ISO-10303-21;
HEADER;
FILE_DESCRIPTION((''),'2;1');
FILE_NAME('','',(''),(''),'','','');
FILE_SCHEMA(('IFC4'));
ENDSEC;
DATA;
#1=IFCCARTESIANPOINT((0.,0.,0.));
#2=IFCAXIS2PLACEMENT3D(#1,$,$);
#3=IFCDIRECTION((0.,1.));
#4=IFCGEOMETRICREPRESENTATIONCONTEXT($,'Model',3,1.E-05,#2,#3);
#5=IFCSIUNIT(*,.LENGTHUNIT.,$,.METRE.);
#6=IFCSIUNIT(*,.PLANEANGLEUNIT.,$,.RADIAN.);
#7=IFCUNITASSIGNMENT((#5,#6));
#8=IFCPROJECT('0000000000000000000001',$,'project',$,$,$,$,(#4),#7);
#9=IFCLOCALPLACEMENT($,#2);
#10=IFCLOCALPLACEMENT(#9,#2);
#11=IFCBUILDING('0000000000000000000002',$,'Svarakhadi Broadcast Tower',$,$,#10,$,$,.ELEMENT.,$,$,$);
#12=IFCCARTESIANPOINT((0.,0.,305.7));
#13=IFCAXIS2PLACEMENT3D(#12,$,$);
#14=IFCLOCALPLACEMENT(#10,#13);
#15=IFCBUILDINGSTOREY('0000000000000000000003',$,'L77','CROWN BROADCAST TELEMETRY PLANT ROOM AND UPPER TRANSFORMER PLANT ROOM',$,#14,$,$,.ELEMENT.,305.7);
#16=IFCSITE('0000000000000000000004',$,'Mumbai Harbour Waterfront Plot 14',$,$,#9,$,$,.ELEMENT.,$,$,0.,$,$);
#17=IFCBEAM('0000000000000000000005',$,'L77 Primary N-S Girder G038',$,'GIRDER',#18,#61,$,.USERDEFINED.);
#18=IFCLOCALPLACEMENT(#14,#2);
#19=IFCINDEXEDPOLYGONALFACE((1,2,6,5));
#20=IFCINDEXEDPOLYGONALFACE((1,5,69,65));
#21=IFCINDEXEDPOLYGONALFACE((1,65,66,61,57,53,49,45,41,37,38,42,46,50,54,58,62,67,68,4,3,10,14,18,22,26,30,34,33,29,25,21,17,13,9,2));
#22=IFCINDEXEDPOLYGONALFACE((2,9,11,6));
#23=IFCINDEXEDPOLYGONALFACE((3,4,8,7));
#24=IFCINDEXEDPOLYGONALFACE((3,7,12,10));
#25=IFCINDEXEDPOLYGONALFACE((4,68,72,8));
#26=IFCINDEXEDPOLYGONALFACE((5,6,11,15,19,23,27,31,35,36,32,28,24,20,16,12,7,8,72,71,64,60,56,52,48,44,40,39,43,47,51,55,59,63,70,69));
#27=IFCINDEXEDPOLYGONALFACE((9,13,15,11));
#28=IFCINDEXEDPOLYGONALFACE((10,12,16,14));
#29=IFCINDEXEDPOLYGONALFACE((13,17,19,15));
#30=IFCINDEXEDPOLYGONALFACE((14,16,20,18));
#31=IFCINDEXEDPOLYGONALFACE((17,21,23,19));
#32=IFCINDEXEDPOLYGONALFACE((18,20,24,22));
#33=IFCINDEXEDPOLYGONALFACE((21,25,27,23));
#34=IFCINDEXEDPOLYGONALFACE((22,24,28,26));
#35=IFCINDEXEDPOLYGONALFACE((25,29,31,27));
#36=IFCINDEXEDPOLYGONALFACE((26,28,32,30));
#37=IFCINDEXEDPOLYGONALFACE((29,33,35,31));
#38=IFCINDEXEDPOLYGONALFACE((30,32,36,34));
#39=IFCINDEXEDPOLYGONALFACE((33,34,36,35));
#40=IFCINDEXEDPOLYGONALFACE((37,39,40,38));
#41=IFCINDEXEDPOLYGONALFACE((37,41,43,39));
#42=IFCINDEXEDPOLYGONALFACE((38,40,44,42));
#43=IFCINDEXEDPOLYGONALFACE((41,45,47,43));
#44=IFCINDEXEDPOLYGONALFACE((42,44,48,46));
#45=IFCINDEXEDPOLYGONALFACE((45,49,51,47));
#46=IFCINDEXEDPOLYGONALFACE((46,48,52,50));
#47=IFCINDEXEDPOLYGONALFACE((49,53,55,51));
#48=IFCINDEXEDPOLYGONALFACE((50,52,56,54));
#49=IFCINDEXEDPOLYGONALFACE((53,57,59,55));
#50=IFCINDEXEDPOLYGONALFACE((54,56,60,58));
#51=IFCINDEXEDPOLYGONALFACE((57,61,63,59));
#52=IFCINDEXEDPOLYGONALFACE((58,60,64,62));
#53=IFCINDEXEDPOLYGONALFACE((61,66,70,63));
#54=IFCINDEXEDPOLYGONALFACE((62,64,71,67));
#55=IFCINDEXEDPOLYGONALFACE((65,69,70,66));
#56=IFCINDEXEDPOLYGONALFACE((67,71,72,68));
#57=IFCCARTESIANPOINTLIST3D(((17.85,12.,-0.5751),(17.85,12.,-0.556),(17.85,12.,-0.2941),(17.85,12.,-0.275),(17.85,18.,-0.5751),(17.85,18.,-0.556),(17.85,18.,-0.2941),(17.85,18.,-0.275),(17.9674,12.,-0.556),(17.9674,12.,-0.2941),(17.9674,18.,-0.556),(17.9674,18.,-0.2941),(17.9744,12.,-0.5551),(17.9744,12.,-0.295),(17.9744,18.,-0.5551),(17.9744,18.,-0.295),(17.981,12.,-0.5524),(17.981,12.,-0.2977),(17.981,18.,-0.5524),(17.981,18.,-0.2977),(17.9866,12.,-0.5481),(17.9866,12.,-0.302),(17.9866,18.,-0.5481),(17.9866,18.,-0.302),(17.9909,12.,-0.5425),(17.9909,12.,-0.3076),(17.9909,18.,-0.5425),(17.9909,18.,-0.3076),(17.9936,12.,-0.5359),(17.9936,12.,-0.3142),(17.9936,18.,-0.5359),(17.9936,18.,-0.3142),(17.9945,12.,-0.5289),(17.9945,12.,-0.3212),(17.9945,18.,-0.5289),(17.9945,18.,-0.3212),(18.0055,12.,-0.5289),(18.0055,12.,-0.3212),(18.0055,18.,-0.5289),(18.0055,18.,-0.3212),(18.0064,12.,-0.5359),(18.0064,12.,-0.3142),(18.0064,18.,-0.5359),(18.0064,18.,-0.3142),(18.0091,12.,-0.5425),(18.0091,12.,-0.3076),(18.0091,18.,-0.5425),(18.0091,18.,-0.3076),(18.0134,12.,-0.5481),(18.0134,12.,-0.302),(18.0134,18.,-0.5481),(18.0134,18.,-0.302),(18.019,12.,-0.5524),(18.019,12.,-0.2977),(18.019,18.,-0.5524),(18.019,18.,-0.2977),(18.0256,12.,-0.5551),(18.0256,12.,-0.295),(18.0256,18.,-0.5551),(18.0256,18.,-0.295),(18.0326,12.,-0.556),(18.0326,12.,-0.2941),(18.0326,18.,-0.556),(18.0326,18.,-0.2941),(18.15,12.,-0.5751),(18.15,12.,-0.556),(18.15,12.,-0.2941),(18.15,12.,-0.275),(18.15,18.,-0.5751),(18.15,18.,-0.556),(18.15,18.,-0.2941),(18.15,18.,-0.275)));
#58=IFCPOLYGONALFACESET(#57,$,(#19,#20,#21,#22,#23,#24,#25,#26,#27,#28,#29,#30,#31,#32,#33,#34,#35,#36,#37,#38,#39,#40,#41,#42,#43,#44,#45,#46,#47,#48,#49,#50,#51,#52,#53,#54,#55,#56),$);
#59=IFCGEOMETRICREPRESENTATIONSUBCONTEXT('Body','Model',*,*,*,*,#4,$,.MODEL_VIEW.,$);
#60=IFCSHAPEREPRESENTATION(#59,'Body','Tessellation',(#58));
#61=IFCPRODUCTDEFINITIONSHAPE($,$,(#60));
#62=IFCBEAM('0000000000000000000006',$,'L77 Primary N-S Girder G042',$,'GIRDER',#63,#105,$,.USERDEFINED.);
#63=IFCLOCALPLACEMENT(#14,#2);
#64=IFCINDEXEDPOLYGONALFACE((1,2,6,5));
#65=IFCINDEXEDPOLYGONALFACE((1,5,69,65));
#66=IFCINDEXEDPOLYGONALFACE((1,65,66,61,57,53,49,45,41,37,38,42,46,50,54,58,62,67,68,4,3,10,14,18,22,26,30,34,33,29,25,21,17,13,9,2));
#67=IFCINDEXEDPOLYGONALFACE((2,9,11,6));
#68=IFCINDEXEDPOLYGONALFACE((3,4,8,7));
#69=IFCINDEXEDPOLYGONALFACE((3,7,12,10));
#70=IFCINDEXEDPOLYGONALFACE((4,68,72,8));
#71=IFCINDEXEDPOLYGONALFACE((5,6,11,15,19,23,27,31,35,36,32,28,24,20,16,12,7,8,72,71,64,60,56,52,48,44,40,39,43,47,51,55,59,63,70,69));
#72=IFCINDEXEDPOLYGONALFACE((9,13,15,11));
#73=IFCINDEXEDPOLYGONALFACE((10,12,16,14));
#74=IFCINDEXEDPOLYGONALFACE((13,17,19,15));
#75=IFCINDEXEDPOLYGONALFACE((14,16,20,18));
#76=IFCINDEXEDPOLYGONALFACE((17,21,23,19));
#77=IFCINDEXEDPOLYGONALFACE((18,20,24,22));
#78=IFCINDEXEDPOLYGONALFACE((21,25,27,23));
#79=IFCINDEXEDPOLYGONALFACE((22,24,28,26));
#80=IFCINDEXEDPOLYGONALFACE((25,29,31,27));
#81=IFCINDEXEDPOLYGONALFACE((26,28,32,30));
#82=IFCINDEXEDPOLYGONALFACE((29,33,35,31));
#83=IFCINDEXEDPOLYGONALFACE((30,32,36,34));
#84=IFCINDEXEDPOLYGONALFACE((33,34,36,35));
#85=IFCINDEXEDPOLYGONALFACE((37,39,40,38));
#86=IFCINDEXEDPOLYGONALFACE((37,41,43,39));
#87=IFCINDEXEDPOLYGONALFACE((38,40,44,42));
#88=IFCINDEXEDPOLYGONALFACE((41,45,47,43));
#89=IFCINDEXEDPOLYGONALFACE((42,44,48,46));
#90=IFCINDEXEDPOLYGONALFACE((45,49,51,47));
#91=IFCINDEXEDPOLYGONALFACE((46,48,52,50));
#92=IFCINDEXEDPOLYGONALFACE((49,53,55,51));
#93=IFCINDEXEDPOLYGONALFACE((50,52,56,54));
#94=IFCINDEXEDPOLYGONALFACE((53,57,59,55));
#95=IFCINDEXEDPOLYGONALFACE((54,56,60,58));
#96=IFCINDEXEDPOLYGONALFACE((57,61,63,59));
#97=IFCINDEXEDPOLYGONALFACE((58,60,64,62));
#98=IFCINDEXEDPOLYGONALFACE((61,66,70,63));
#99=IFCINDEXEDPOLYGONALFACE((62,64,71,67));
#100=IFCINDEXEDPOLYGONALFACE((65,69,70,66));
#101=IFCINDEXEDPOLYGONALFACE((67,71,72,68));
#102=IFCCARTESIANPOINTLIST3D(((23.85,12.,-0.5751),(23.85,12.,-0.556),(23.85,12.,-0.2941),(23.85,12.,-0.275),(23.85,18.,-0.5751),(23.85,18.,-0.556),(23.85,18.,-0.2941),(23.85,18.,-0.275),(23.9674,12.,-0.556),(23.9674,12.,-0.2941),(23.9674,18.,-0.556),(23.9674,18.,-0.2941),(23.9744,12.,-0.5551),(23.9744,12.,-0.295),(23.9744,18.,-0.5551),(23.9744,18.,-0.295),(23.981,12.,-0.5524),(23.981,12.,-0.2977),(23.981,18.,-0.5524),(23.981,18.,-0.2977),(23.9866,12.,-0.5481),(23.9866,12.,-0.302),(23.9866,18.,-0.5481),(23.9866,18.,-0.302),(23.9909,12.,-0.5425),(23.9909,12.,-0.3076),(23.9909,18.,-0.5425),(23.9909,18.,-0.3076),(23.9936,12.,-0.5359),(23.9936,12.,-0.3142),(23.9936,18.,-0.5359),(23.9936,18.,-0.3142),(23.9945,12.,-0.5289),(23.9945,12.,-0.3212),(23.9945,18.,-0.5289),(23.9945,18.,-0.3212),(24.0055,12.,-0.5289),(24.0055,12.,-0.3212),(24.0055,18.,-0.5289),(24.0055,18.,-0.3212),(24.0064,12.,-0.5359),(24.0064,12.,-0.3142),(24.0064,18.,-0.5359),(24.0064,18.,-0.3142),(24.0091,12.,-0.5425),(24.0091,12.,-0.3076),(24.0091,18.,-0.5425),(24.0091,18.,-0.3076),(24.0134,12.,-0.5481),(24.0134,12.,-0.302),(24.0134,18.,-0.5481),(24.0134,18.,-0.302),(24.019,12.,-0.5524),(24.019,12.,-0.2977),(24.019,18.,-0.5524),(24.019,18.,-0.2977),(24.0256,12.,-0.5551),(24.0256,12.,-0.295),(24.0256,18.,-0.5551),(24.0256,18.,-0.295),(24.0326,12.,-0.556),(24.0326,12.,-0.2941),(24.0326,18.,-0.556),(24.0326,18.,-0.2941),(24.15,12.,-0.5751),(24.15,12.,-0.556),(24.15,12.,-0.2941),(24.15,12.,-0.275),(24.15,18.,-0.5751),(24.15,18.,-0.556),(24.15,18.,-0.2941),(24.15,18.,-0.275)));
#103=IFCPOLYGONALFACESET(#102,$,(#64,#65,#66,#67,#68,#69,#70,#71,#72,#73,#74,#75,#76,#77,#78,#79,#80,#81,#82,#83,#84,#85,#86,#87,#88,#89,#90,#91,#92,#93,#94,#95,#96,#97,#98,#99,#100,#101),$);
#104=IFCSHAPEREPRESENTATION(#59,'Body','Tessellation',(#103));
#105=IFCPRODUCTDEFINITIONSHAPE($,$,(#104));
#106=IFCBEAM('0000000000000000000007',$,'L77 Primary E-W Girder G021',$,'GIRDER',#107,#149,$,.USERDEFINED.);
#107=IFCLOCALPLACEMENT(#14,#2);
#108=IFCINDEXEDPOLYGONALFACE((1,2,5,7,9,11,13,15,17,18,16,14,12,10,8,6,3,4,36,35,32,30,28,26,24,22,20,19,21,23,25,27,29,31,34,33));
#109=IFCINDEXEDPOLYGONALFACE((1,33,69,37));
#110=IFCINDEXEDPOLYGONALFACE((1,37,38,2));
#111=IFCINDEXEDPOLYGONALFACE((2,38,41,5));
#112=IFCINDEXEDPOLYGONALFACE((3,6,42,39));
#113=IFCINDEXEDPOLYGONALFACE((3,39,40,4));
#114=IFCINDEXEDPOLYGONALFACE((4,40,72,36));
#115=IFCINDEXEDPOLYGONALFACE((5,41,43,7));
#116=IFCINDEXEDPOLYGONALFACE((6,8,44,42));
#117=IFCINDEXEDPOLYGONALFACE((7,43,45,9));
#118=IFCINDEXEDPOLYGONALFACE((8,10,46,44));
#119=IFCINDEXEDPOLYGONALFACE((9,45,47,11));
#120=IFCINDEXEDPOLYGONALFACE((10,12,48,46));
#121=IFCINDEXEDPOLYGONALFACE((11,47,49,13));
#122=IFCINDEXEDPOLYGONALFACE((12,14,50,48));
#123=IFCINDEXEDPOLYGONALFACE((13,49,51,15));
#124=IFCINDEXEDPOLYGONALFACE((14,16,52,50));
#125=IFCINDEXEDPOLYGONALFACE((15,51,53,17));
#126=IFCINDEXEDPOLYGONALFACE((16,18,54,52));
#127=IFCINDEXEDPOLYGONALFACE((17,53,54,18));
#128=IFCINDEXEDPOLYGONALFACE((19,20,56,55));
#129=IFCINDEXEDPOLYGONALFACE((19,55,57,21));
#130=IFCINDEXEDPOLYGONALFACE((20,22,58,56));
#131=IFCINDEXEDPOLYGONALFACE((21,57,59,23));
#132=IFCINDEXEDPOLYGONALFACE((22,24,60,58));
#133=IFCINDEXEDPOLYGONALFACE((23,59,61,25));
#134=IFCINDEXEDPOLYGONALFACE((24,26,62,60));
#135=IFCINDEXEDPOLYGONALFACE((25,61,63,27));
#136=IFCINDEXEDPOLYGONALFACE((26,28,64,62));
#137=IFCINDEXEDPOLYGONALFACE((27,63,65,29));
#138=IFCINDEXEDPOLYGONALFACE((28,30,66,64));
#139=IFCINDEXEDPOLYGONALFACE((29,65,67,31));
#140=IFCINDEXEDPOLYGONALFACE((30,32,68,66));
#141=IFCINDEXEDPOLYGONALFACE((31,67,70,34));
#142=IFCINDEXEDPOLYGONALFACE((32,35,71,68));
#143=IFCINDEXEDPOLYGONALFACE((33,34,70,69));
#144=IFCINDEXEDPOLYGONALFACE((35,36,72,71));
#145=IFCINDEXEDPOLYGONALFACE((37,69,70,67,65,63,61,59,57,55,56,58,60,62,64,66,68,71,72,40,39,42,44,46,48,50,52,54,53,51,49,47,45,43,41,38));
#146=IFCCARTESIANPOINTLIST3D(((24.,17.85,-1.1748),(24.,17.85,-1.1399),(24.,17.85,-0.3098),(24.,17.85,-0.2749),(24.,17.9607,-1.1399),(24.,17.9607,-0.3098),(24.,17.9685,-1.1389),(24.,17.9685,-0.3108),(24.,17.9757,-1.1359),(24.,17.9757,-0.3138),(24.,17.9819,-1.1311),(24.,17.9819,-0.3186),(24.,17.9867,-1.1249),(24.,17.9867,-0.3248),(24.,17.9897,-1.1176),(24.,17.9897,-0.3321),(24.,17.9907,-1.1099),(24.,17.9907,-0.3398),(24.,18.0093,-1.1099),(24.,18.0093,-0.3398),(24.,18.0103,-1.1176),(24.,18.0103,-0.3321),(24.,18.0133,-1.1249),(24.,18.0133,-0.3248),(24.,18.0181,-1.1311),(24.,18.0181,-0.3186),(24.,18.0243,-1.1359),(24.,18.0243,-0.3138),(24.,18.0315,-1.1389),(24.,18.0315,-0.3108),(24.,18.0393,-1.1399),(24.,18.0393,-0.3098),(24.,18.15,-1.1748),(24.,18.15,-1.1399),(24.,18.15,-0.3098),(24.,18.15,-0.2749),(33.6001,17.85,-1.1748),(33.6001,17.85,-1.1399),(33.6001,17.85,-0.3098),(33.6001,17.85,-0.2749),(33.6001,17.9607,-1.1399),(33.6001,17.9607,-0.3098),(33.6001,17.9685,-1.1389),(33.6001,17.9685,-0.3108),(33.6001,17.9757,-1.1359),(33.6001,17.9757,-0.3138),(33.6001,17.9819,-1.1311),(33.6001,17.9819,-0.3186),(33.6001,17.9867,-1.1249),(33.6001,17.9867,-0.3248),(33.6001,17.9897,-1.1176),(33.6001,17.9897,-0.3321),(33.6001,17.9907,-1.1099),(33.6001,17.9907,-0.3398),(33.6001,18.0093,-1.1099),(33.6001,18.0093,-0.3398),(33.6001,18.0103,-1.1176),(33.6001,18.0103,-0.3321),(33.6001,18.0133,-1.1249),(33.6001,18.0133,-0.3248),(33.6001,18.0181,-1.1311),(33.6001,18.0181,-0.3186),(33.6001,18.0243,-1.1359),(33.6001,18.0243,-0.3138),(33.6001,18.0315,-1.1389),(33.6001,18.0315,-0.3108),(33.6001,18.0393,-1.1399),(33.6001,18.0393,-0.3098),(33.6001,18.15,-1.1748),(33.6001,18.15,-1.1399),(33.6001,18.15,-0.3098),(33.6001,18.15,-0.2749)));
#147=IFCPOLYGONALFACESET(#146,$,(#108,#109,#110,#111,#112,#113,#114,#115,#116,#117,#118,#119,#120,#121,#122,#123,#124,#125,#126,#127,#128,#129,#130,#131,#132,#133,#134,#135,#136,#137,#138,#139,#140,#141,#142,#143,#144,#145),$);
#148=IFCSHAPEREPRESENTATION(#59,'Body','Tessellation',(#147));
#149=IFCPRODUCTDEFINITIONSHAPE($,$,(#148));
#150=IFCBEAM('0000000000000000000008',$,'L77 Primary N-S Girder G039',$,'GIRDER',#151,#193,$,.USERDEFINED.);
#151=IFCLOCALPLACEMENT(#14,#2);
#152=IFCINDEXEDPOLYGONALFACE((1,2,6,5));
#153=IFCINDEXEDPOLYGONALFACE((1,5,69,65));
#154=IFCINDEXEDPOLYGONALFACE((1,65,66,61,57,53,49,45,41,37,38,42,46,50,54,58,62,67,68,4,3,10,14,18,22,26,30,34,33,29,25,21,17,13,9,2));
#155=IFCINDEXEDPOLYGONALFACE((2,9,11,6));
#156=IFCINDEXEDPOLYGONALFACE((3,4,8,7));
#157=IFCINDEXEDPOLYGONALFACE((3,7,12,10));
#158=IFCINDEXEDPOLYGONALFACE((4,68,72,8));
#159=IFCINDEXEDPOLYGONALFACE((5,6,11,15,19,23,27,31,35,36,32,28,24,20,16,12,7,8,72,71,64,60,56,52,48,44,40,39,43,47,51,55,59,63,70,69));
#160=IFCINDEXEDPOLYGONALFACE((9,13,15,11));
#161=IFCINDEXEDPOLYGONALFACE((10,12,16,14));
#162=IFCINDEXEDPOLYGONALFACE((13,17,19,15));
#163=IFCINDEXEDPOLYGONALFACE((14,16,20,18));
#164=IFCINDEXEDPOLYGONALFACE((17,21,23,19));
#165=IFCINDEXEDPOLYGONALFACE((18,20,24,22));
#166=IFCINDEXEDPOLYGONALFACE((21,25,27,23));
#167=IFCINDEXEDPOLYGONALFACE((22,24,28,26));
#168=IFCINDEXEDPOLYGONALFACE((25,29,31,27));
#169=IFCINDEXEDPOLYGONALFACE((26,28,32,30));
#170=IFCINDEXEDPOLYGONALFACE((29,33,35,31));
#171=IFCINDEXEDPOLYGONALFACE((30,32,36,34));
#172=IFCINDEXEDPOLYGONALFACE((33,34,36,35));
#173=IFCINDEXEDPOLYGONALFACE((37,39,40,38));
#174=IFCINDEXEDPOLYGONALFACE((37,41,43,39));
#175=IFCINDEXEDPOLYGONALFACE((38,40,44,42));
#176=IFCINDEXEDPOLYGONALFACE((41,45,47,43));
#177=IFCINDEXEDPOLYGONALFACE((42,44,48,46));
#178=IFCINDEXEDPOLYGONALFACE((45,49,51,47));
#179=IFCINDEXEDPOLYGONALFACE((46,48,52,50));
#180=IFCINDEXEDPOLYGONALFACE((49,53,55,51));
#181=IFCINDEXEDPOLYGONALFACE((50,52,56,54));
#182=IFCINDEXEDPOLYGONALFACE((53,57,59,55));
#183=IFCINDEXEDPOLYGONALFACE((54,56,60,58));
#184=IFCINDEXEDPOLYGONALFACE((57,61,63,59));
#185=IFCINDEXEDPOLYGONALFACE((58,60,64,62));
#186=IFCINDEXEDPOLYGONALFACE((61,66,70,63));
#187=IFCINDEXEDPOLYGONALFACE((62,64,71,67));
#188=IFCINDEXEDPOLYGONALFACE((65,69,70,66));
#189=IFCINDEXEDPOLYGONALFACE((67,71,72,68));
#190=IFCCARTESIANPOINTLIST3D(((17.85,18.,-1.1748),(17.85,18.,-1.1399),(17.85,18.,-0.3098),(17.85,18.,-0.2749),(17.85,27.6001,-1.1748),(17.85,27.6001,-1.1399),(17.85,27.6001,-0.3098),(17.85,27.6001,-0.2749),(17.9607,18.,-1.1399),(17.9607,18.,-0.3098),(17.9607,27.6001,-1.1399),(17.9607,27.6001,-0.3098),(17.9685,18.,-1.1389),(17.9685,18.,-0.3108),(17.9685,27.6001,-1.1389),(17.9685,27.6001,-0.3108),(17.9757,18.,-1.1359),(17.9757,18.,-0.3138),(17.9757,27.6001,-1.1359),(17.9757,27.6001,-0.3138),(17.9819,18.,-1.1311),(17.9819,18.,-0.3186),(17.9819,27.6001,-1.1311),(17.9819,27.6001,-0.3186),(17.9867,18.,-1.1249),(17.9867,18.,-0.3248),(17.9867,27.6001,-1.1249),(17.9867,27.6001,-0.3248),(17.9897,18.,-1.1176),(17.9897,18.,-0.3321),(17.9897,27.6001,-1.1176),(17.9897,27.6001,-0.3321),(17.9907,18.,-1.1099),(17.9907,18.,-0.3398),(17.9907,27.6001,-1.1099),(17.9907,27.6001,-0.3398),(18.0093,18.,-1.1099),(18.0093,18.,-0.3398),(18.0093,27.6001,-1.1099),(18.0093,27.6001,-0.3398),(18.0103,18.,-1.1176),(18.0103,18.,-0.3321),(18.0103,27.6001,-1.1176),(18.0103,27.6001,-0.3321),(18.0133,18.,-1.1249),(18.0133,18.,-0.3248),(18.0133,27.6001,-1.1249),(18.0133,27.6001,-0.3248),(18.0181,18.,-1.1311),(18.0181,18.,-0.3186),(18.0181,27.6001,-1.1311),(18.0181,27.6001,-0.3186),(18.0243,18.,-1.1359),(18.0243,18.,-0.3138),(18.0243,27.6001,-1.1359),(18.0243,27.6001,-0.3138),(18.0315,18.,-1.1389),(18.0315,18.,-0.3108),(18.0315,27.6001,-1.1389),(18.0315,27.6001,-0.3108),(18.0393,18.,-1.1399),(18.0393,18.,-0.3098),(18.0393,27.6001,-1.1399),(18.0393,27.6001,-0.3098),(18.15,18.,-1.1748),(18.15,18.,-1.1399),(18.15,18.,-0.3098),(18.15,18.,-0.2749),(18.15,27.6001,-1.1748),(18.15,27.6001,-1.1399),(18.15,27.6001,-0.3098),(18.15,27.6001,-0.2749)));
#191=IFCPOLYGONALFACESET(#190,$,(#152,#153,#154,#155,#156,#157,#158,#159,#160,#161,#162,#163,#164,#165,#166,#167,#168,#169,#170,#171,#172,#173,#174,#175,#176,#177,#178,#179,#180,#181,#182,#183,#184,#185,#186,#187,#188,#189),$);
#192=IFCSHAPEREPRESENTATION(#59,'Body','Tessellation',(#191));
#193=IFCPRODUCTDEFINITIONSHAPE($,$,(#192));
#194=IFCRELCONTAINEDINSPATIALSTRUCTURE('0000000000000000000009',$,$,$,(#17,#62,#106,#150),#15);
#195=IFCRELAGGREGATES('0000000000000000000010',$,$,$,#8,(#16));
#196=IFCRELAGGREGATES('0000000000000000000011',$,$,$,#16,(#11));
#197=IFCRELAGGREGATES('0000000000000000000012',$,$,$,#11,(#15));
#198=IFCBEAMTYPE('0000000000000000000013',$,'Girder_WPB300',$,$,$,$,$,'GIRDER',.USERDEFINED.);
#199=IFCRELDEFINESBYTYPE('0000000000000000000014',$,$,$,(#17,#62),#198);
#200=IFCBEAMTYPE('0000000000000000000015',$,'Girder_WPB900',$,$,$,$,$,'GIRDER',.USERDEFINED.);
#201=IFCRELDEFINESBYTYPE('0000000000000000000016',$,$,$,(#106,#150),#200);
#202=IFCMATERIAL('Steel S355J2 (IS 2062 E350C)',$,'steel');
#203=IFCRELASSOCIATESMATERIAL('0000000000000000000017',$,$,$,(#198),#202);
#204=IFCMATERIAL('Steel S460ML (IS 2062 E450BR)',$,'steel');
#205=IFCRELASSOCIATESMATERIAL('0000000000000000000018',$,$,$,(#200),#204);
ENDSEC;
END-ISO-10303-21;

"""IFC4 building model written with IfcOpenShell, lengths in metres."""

from ifc_helpers import new_model, si_unit, direction, frame, origin, origin_2d, place, context, subcontext, project, spatial, i_section, extrude, material, material_profile, profile_set, type_object, element, save


model = new_model("IFC4")

# Units and contexts
model_context = context("Model", 3, precision=1e-05, world=origin(), true_north=direction((0.0, 1.0)))
body_context = subcontext(model_context, "Body", "Model", "MODEL_VIEW")
ifc_project = project(units=[si_unit("LENGTHUNIT", "METRE"), si_unit("PLANEANGLEUNIT", "RADIAN")], contexts=[model_context])

# Site, building, storey
site_placement = place(None, origin())
site = spatial("IfcSite", under=ifc_project, at=site_placement, Name="Mumbai Harbour Waterfront Plot 14", CompositionType="ELEMENT", RefElevation=0.0)
building_placement = place(site_placement, origin())
building = spatial("IfcBuilding", under=site, at=building_placement, Name="Svarakhadi Broadcast Tower", CompositionType="ELEMENT")
storey_placement = place(building_placement, frame((0.0, 0.0, 305.7)))
storey = spatial("IfcBuildingStorey", under=building, at=storey_placement, Name="L77", Description="CROWN BROADCAST TELEMETRY PLANT ROOM AND UPPER TRANSFORMER PLANT ROOM", CompositionType="ELEMENT", Elevation=305.7)

# Beams
ifc_material_1 = material(Name="Steel S355J2 (IS 2062 E350C)", Category="steel")
ifc_material_profile_1 = material_profile(ifc_material_1, i_section(OverallWidth=0.3, OverallDepth=0.3, WebThickness=0.011, FlangeThickness=0.019, FilletRadius=0.0271, at=origin_2d()), Name="WPB 300x300x117")
ifc_profile_set_1 = profile_set([ifc_material_profile_1], Name="Steel S355J2 (IS 2062 E350C)")
beam_type_1 = type_object("IfcBeamType", Name="Girder_WPB300", ElementType="GIRDER", PredefinedType="USERDEFINED", material=ifc_profile_set_1)
for number, where, z_axis, x_axis, name in (
    (1, (18.0, 12.0, -0.425), (0.0, 1.0, 0.0), (-1.0, 0.0, 0.0), "L77 Primary N-S Girder G038"),
    (2, (24.0, 12.0, -0.425), (0.0, 1.0, 0.0), (-1.0, 0.0, 0.0), "L77 Primary N-S Girder G042"),
):
    element("IfcBeam", number, at=place(storey_placement, frame(where, z_axis=z_axis, x_axis=x_axis)), inside=storey, type_object=beam_type_1, Name=name, ObjectType="GIRDER", PredefinedType="USERDEFINED", context=body_context, shape_type="SweptSolid", body=[
        extrude(i_section(OverallWidth=0.3, OverallDepth=0.3, WebThickness=0.011, FlangeThickness=0.019, FilletRadius=0.0271, at=origin_2d()), origin(), (0.0, 0.0, 1.0), 6.0),
    ])
ifc_material_2 = material(Name="Steel S460ML (IS 2062 E450BR)", Category="steel")
ifc_material_profile_2 = material_profile(ifc_material_2, i_section(OverallWidth=0.3, OverallDepth=0.8999, WebThickness=0.0186, FlangeThickness=0.0349, FilletRadius=0.03, at=origin_2d()), Name="WPB 900x300x291")
ifc_profile_set_2 = profile_set([ifc_material_profile_2], Name="Steel S460ML (IS 2062 E450BR)")
beam_type_2 = type_object("IfcBeamType", Name="Girder_WPB900", ElementType="GIRDER", PredefinedType="USERDEFINED", material=ifc_profile_set_2)
for number, where, z_axis, x_axis, name in (
    (3, (24.0, 18.0, -0.7249), (1.0, 0.0, 0.0), (0.0, 1.0, 0.0), "L77 Primary E-W Girder G021"),
    (4, (18.0, 18.0, -0.7249), (0.0, 1.0, 0.0), (-1.0, 0.0, 0.0), "L77 Primary N-S Girder G039"),
):
    element("IfcBeam", number, at=place(storey_placement, frame(where, z_axis=z_axis, x_axis=x_axis)), inside=storey, type_object=beam_type_2, Name=name, ObjectType="GIRDER", PredefinedType="USERDEFINED", context=body_context, shape_type="SweptSolid", body=[
        extrude(i_section(OverallWidth=0.3, OverallDepth=0.8999, WebThickness=0.0186, FlangeThickness=0.0349, FilletRadius=0.03, at=origin_2d()), origin(), (0.0, 0.0, 1.0), 9.6001),
    ])

save(model, "model.ifc")
